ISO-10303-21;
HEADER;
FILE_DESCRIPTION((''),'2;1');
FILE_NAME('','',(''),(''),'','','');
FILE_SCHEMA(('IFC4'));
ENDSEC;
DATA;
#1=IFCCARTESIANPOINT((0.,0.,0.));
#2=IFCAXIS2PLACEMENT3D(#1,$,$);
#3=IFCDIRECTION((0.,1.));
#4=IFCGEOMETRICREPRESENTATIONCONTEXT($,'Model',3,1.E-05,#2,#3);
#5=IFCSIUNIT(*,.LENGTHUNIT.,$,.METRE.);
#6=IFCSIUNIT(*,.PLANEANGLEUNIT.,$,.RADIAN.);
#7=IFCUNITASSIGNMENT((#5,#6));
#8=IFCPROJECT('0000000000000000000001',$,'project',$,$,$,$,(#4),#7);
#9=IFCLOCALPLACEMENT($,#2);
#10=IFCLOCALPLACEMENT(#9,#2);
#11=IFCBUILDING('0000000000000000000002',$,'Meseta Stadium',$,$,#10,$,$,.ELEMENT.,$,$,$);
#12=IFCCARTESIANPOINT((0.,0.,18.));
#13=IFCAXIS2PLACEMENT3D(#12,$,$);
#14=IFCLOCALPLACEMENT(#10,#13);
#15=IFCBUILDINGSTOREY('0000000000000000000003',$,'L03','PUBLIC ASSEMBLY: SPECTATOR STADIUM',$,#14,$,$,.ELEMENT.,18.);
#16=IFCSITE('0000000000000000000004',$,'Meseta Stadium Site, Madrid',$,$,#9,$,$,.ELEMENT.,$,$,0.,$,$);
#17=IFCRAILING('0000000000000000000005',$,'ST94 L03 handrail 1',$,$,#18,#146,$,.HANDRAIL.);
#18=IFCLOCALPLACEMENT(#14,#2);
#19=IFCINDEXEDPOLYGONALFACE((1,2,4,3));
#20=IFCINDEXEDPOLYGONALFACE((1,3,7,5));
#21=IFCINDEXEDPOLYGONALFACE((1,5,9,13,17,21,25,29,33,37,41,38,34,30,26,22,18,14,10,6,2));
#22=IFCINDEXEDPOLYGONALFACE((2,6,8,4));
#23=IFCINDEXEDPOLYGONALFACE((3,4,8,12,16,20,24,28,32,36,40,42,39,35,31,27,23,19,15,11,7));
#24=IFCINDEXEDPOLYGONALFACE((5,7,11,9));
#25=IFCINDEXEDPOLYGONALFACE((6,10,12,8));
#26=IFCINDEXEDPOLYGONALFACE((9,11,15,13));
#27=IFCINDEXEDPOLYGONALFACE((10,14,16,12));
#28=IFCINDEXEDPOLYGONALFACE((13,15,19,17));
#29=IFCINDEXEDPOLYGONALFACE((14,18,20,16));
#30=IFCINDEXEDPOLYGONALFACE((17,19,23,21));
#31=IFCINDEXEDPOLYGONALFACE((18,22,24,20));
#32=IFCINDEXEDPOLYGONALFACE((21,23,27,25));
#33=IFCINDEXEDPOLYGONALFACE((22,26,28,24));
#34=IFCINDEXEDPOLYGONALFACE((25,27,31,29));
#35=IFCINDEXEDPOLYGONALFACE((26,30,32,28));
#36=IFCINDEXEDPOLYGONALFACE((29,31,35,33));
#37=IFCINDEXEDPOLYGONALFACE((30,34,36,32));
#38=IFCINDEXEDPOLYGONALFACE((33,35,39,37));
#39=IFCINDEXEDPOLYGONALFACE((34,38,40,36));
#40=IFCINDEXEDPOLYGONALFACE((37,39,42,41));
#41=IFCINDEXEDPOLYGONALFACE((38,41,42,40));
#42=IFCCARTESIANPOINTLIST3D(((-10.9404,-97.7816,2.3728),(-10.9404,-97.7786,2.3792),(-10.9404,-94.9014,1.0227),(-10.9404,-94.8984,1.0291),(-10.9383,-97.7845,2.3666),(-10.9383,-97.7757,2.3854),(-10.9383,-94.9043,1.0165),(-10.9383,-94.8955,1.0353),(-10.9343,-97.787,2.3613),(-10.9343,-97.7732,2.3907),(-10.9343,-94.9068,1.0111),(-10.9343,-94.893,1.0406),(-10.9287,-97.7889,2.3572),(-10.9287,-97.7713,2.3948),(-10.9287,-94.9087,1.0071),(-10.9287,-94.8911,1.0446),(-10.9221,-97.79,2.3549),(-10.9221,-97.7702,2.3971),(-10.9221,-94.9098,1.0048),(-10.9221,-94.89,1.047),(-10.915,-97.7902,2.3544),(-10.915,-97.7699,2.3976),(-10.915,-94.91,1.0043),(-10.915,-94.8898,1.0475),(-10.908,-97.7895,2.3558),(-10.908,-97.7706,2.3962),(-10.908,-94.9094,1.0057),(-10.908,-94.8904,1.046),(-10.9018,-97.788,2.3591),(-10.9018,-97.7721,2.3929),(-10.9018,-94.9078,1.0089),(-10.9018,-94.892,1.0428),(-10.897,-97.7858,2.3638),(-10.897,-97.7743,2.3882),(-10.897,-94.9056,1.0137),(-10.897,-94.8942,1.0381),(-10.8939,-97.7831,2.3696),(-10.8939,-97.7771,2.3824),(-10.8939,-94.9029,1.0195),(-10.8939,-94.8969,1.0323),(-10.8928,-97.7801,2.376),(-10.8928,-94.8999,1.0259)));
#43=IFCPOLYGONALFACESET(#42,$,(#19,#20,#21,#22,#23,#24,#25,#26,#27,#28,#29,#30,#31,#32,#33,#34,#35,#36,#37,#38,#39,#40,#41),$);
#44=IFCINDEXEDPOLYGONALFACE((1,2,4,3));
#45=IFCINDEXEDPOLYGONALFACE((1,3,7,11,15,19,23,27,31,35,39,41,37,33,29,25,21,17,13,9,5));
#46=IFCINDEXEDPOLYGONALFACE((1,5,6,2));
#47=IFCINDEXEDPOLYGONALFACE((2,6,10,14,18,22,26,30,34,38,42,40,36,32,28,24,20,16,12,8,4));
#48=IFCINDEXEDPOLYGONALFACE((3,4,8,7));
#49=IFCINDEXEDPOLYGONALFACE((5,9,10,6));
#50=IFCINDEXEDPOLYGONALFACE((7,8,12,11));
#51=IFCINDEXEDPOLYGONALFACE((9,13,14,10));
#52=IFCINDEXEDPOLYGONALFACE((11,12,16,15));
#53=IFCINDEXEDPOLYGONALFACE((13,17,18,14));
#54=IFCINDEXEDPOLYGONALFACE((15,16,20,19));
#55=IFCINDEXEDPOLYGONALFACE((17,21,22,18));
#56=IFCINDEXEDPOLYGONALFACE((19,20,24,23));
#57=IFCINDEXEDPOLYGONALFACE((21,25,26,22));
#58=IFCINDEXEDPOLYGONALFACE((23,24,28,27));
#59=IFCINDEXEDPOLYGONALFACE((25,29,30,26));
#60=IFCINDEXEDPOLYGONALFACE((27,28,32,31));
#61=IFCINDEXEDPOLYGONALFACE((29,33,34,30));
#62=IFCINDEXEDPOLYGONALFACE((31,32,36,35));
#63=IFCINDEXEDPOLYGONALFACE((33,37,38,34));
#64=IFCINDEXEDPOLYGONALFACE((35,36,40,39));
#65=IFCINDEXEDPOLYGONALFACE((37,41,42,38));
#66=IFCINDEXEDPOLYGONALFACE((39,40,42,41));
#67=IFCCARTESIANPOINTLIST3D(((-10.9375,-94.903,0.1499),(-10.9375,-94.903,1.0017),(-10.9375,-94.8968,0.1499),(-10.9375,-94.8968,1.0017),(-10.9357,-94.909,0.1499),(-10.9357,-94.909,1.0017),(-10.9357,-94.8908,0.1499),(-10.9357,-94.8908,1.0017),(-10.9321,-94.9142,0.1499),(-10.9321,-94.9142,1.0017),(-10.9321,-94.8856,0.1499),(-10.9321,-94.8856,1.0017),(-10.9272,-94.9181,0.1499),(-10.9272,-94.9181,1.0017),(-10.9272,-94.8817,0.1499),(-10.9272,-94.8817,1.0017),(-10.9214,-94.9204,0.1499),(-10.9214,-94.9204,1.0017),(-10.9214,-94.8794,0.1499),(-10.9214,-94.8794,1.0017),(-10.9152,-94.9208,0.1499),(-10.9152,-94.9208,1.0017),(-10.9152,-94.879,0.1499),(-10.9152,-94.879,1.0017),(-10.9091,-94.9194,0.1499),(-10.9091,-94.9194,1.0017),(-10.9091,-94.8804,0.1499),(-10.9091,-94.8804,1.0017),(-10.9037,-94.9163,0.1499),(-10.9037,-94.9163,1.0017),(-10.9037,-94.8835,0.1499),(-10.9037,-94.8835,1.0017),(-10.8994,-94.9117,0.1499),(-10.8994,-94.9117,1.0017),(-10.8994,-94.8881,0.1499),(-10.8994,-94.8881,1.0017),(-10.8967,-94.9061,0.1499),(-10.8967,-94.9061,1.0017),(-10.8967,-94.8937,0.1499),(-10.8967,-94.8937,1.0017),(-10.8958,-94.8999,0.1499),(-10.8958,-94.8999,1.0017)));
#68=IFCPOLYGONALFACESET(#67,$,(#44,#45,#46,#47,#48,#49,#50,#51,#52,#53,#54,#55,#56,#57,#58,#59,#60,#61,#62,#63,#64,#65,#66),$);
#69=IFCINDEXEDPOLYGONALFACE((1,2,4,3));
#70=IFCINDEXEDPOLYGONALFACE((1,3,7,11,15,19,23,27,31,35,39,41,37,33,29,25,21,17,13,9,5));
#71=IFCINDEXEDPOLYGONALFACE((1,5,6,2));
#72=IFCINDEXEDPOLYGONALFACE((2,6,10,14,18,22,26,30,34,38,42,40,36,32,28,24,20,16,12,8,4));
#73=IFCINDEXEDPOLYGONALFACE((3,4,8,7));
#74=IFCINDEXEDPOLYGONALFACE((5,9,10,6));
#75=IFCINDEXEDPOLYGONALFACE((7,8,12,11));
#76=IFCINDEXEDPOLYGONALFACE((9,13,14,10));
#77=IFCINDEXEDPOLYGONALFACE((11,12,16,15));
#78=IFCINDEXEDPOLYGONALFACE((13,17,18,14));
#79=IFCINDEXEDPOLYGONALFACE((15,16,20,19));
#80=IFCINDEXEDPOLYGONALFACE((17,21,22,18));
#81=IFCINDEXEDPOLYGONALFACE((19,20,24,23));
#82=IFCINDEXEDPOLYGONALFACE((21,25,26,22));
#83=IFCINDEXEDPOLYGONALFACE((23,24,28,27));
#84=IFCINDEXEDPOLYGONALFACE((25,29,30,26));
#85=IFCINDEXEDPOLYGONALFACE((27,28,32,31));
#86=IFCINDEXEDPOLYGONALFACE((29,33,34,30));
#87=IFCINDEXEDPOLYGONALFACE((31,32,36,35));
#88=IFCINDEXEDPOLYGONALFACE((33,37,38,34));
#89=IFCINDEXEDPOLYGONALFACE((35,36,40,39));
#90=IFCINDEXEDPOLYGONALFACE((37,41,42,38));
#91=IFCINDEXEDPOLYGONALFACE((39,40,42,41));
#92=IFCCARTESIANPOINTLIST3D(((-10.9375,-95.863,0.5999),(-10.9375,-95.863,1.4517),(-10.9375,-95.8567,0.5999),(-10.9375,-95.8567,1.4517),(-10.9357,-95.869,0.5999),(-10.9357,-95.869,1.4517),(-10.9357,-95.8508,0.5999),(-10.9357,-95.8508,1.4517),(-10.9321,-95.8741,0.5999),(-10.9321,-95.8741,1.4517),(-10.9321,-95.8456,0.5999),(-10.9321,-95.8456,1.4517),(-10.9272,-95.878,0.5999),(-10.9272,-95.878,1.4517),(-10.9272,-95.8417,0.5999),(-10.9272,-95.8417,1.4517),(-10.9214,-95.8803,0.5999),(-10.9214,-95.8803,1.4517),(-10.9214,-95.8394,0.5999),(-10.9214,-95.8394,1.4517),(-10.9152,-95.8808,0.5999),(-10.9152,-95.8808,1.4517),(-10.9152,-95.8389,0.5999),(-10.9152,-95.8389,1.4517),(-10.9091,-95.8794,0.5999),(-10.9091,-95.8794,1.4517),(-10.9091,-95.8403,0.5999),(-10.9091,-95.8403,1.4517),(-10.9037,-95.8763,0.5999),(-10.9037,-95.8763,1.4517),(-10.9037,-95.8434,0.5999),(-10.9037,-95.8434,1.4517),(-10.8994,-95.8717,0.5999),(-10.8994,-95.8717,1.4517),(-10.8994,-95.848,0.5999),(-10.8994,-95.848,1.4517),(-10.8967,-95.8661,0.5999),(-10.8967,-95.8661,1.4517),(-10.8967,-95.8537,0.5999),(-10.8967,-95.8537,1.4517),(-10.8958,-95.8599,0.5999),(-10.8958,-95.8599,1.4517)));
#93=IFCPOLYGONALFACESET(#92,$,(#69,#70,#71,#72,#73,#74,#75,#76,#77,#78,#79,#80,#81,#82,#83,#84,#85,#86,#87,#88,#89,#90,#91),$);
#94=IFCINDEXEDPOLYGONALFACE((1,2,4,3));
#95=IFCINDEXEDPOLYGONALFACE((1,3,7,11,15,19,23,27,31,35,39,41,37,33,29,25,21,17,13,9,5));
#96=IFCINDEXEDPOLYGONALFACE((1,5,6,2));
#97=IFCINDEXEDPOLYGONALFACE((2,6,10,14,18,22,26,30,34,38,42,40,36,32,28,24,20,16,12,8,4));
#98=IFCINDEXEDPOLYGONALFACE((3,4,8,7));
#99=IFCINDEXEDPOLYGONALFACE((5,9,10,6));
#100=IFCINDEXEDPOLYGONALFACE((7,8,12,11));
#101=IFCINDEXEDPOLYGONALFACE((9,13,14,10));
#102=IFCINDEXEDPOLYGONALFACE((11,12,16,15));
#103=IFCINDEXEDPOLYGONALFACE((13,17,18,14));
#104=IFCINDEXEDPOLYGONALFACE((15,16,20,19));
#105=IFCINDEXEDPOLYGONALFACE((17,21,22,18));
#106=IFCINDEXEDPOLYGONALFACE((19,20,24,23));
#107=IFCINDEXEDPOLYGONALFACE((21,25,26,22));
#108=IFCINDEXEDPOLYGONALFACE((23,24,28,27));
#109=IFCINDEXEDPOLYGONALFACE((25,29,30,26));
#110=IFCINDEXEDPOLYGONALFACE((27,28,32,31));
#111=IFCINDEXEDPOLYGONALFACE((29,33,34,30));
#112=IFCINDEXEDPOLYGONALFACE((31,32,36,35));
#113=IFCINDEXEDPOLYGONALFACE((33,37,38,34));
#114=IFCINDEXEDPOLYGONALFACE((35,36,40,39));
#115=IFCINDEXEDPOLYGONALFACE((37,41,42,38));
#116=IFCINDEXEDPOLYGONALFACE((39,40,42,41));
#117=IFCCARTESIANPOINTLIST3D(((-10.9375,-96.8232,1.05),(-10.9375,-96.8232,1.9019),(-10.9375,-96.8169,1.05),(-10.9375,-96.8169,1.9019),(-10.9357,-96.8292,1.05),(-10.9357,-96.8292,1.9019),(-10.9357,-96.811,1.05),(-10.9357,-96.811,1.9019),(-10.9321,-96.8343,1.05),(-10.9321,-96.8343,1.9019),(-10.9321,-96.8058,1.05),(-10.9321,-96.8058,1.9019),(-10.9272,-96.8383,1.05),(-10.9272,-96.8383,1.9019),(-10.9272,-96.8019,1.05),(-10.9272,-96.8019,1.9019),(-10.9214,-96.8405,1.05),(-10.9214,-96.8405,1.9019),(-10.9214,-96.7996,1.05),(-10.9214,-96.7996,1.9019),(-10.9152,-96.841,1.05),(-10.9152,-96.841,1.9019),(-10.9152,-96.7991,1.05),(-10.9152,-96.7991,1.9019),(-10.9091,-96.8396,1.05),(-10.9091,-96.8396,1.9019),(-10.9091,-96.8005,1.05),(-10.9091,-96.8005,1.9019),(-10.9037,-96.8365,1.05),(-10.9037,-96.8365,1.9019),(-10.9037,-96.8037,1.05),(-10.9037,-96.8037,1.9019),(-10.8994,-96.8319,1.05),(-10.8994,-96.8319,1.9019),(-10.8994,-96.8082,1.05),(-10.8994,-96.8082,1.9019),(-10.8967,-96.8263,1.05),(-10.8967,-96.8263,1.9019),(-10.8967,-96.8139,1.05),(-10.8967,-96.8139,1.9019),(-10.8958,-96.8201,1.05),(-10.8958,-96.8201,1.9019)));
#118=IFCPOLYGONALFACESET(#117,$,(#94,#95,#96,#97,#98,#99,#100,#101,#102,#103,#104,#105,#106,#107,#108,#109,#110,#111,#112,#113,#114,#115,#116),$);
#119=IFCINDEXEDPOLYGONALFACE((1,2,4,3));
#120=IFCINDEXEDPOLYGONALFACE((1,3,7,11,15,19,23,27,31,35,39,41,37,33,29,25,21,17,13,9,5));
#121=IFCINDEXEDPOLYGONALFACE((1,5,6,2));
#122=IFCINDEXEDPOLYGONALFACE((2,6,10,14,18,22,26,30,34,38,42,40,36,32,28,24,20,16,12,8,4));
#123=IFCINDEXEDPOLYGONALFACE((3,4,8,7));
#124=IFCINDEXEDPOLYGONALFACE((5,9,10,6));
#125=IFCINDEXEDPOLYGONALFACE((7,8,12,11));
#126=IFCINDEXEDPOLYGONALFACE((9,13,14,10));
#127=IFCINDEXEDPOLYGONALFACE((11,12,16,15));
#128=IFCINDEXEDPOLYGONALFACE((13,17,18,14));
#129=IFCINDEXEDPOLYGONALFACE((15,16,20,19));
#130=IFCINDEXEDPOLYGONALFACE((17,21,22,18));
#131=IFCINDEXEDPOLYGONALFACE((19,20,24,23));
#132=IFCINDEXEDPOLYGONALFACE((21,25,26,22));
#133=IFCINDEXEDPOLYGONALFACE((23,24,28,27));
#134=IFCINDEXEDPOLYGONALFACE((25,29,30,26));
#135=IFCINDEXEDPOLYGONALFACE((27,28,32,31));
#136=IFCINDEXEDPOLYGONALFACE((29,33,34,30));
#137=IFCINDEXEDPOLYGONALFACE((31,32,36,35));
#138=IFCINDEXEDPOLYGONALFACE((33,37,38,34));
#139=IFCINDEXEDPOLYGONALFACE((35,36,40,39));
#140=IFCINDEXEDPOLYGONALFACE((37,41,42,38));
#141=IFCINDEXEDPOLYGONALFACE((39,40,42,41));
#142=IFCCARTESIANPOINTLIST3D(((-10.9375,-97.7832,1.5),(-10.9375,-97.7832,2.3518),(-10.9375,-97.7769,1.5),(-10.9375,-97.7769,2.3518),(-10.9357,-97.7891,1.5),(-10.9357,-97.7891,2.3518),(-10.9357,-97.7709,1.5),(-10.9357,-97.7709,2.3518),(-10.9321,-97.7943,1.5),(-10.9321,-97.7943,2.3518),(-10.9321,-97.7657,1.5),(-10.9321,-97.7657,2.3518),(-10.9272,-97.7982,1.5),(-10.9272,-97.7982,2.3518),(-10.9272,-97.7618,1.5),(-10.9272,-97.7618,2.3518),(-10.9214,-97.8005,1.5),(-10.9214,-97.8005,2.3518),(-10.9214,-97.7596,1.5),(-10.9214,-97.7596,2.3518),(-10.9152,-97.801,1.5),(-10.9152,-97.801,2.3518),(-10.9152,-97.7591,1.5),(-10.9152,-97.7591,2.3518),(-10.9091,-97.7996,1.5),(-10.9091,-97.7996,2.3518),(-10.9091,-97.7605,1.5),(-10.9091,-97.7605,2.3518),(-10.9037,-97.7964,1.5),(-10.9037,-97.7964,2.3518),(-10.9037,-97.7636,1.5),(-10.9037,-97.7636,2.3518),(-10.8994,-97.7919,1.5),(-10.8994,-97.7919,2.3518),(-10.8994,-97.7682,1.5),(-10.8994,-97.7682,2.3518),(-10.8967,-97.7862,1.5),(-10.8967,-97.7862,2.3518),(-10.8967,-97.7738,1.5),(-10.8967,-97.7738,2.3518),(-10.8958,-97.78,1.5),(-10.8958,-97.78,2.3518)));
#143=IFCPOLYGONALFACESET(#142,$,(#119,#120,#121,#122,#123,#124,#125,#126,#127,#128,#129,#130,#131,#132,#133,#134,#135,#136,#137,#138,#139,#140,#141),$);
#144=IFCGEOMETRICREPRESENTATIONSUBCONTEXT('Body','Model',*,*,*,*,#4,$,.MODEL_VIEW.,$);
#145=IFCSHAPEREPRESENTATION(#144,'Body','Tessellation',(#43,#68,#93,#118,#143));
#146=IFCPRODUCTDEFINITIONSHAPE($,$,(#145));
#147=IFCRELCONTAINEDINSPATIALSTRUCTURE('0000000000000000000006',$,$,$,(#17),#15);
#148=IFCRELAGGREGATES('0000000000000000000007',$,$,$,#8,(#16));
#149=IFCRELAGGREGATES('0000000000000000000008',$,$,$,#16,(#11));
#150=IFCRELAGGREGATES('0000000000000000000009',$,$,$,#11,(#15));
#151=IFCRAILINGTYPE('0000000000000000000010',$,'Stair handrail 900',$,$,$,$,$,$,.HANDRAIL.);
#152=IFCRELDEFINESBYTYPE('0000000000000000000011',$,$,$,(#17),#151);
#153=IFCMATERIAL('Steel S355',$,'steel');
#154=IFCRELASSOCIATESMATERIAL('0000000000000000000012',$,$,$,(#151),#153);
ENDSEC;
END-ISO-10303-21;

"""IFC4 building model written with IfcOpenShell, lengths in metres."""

from ifc_helpers import new_model, si_unit, direction, frame, origin, origin_2d, place, context, subcontext, project, spatial, circle, extrude, material, type_object, element, save


model = new_model("IFC4")

# Units and contexts
model_context = context("Model", 3, precision=1e-05, world=origin(), true_north=direction((0.0, 1.0)))
body_context = subcontext(model_context, "Body", "Model", "MODEL_VIEW")
ifc_project = project(units=[si_unit("LENGTHUNIT", "METRE"), si_unit("PLANEANGLEUNIT", "RADIAN")], contexts=[model_context])

# Site, building, storey
site_placement = place(None, origin())
site = spatial("IfcSite", under=ifc_project, at=site_placement, Name="Meseta Stadium Site, Madrid", CompositionType="ELEMENT", RefElevation=0.0)
building_placement = place(site_placement, origin())
building = spatial("IfcBuilding", under=site, at=building_placement, Name="Meseta Stadium", CompositionType="ELEMENT")
storey_placement = place(building_placement, frame((0.0, 0.0, 18.0)))
storey = spatial("IfcBuildingStorey", under=building, at=storey_placement, Name="L03", Description="PUBLIC ASSEMBLY: SPECTATOR STADIUM", CompositionType="ELEMENT", Elevation=18.0)

# Railing
ifc_material_1 = material(Name="Steel S355", Category="steel")
railing_type_1 = type_object("IfcRailingType", Name="Stair handrail 900", PredefinedType="HANDRAIL", material=ifc_material_1)
railing_1_placement = place(storey_placement, frame((-10.9167, -94.8999, 0.1499)))
element("IfcRailing", 1, at=railing_1_placement, inside=storey, type_object=railing_type_1, Name="ST94 L03 handrail 1", PredefinedType="HANDRAIL", context=body_context, shape_type="SweptSolid", body=[
    extrude(circle(Radius=0.0239, at=origin_2d()), frame((0.0, 0.0, 0.876), z_axis=(0.0, -0.905454, 0.424444), x_axis=(1.0, 0.0, 0.0)), (0.0, 0.0, 1.0), 3.1809),
    extrude(circle(Radius=0.021, at=origin_2d()), origin(), (0.0, 0.0, 1.0), 0.8518),
    extrude(circle(Radius=0.021, at=origin_2d()), frame((0.0, -0.96, 0.45)), (0.0, 0.0, 1.0), 0.8518),
    extrude(circle(Radius=0.021, at=origin_2d()), frame((0.0, -1.9202, 0.9001)), (0.0, 0.0, 1.0), 0.8518),
    extrude(circle(Radius=0.021, at=origin_2d()), frame((0.0, -2.8801, 1.3501)), (0.0, 0.0, 1.0), 0.8518),
])

save(model, "model.ifc")
